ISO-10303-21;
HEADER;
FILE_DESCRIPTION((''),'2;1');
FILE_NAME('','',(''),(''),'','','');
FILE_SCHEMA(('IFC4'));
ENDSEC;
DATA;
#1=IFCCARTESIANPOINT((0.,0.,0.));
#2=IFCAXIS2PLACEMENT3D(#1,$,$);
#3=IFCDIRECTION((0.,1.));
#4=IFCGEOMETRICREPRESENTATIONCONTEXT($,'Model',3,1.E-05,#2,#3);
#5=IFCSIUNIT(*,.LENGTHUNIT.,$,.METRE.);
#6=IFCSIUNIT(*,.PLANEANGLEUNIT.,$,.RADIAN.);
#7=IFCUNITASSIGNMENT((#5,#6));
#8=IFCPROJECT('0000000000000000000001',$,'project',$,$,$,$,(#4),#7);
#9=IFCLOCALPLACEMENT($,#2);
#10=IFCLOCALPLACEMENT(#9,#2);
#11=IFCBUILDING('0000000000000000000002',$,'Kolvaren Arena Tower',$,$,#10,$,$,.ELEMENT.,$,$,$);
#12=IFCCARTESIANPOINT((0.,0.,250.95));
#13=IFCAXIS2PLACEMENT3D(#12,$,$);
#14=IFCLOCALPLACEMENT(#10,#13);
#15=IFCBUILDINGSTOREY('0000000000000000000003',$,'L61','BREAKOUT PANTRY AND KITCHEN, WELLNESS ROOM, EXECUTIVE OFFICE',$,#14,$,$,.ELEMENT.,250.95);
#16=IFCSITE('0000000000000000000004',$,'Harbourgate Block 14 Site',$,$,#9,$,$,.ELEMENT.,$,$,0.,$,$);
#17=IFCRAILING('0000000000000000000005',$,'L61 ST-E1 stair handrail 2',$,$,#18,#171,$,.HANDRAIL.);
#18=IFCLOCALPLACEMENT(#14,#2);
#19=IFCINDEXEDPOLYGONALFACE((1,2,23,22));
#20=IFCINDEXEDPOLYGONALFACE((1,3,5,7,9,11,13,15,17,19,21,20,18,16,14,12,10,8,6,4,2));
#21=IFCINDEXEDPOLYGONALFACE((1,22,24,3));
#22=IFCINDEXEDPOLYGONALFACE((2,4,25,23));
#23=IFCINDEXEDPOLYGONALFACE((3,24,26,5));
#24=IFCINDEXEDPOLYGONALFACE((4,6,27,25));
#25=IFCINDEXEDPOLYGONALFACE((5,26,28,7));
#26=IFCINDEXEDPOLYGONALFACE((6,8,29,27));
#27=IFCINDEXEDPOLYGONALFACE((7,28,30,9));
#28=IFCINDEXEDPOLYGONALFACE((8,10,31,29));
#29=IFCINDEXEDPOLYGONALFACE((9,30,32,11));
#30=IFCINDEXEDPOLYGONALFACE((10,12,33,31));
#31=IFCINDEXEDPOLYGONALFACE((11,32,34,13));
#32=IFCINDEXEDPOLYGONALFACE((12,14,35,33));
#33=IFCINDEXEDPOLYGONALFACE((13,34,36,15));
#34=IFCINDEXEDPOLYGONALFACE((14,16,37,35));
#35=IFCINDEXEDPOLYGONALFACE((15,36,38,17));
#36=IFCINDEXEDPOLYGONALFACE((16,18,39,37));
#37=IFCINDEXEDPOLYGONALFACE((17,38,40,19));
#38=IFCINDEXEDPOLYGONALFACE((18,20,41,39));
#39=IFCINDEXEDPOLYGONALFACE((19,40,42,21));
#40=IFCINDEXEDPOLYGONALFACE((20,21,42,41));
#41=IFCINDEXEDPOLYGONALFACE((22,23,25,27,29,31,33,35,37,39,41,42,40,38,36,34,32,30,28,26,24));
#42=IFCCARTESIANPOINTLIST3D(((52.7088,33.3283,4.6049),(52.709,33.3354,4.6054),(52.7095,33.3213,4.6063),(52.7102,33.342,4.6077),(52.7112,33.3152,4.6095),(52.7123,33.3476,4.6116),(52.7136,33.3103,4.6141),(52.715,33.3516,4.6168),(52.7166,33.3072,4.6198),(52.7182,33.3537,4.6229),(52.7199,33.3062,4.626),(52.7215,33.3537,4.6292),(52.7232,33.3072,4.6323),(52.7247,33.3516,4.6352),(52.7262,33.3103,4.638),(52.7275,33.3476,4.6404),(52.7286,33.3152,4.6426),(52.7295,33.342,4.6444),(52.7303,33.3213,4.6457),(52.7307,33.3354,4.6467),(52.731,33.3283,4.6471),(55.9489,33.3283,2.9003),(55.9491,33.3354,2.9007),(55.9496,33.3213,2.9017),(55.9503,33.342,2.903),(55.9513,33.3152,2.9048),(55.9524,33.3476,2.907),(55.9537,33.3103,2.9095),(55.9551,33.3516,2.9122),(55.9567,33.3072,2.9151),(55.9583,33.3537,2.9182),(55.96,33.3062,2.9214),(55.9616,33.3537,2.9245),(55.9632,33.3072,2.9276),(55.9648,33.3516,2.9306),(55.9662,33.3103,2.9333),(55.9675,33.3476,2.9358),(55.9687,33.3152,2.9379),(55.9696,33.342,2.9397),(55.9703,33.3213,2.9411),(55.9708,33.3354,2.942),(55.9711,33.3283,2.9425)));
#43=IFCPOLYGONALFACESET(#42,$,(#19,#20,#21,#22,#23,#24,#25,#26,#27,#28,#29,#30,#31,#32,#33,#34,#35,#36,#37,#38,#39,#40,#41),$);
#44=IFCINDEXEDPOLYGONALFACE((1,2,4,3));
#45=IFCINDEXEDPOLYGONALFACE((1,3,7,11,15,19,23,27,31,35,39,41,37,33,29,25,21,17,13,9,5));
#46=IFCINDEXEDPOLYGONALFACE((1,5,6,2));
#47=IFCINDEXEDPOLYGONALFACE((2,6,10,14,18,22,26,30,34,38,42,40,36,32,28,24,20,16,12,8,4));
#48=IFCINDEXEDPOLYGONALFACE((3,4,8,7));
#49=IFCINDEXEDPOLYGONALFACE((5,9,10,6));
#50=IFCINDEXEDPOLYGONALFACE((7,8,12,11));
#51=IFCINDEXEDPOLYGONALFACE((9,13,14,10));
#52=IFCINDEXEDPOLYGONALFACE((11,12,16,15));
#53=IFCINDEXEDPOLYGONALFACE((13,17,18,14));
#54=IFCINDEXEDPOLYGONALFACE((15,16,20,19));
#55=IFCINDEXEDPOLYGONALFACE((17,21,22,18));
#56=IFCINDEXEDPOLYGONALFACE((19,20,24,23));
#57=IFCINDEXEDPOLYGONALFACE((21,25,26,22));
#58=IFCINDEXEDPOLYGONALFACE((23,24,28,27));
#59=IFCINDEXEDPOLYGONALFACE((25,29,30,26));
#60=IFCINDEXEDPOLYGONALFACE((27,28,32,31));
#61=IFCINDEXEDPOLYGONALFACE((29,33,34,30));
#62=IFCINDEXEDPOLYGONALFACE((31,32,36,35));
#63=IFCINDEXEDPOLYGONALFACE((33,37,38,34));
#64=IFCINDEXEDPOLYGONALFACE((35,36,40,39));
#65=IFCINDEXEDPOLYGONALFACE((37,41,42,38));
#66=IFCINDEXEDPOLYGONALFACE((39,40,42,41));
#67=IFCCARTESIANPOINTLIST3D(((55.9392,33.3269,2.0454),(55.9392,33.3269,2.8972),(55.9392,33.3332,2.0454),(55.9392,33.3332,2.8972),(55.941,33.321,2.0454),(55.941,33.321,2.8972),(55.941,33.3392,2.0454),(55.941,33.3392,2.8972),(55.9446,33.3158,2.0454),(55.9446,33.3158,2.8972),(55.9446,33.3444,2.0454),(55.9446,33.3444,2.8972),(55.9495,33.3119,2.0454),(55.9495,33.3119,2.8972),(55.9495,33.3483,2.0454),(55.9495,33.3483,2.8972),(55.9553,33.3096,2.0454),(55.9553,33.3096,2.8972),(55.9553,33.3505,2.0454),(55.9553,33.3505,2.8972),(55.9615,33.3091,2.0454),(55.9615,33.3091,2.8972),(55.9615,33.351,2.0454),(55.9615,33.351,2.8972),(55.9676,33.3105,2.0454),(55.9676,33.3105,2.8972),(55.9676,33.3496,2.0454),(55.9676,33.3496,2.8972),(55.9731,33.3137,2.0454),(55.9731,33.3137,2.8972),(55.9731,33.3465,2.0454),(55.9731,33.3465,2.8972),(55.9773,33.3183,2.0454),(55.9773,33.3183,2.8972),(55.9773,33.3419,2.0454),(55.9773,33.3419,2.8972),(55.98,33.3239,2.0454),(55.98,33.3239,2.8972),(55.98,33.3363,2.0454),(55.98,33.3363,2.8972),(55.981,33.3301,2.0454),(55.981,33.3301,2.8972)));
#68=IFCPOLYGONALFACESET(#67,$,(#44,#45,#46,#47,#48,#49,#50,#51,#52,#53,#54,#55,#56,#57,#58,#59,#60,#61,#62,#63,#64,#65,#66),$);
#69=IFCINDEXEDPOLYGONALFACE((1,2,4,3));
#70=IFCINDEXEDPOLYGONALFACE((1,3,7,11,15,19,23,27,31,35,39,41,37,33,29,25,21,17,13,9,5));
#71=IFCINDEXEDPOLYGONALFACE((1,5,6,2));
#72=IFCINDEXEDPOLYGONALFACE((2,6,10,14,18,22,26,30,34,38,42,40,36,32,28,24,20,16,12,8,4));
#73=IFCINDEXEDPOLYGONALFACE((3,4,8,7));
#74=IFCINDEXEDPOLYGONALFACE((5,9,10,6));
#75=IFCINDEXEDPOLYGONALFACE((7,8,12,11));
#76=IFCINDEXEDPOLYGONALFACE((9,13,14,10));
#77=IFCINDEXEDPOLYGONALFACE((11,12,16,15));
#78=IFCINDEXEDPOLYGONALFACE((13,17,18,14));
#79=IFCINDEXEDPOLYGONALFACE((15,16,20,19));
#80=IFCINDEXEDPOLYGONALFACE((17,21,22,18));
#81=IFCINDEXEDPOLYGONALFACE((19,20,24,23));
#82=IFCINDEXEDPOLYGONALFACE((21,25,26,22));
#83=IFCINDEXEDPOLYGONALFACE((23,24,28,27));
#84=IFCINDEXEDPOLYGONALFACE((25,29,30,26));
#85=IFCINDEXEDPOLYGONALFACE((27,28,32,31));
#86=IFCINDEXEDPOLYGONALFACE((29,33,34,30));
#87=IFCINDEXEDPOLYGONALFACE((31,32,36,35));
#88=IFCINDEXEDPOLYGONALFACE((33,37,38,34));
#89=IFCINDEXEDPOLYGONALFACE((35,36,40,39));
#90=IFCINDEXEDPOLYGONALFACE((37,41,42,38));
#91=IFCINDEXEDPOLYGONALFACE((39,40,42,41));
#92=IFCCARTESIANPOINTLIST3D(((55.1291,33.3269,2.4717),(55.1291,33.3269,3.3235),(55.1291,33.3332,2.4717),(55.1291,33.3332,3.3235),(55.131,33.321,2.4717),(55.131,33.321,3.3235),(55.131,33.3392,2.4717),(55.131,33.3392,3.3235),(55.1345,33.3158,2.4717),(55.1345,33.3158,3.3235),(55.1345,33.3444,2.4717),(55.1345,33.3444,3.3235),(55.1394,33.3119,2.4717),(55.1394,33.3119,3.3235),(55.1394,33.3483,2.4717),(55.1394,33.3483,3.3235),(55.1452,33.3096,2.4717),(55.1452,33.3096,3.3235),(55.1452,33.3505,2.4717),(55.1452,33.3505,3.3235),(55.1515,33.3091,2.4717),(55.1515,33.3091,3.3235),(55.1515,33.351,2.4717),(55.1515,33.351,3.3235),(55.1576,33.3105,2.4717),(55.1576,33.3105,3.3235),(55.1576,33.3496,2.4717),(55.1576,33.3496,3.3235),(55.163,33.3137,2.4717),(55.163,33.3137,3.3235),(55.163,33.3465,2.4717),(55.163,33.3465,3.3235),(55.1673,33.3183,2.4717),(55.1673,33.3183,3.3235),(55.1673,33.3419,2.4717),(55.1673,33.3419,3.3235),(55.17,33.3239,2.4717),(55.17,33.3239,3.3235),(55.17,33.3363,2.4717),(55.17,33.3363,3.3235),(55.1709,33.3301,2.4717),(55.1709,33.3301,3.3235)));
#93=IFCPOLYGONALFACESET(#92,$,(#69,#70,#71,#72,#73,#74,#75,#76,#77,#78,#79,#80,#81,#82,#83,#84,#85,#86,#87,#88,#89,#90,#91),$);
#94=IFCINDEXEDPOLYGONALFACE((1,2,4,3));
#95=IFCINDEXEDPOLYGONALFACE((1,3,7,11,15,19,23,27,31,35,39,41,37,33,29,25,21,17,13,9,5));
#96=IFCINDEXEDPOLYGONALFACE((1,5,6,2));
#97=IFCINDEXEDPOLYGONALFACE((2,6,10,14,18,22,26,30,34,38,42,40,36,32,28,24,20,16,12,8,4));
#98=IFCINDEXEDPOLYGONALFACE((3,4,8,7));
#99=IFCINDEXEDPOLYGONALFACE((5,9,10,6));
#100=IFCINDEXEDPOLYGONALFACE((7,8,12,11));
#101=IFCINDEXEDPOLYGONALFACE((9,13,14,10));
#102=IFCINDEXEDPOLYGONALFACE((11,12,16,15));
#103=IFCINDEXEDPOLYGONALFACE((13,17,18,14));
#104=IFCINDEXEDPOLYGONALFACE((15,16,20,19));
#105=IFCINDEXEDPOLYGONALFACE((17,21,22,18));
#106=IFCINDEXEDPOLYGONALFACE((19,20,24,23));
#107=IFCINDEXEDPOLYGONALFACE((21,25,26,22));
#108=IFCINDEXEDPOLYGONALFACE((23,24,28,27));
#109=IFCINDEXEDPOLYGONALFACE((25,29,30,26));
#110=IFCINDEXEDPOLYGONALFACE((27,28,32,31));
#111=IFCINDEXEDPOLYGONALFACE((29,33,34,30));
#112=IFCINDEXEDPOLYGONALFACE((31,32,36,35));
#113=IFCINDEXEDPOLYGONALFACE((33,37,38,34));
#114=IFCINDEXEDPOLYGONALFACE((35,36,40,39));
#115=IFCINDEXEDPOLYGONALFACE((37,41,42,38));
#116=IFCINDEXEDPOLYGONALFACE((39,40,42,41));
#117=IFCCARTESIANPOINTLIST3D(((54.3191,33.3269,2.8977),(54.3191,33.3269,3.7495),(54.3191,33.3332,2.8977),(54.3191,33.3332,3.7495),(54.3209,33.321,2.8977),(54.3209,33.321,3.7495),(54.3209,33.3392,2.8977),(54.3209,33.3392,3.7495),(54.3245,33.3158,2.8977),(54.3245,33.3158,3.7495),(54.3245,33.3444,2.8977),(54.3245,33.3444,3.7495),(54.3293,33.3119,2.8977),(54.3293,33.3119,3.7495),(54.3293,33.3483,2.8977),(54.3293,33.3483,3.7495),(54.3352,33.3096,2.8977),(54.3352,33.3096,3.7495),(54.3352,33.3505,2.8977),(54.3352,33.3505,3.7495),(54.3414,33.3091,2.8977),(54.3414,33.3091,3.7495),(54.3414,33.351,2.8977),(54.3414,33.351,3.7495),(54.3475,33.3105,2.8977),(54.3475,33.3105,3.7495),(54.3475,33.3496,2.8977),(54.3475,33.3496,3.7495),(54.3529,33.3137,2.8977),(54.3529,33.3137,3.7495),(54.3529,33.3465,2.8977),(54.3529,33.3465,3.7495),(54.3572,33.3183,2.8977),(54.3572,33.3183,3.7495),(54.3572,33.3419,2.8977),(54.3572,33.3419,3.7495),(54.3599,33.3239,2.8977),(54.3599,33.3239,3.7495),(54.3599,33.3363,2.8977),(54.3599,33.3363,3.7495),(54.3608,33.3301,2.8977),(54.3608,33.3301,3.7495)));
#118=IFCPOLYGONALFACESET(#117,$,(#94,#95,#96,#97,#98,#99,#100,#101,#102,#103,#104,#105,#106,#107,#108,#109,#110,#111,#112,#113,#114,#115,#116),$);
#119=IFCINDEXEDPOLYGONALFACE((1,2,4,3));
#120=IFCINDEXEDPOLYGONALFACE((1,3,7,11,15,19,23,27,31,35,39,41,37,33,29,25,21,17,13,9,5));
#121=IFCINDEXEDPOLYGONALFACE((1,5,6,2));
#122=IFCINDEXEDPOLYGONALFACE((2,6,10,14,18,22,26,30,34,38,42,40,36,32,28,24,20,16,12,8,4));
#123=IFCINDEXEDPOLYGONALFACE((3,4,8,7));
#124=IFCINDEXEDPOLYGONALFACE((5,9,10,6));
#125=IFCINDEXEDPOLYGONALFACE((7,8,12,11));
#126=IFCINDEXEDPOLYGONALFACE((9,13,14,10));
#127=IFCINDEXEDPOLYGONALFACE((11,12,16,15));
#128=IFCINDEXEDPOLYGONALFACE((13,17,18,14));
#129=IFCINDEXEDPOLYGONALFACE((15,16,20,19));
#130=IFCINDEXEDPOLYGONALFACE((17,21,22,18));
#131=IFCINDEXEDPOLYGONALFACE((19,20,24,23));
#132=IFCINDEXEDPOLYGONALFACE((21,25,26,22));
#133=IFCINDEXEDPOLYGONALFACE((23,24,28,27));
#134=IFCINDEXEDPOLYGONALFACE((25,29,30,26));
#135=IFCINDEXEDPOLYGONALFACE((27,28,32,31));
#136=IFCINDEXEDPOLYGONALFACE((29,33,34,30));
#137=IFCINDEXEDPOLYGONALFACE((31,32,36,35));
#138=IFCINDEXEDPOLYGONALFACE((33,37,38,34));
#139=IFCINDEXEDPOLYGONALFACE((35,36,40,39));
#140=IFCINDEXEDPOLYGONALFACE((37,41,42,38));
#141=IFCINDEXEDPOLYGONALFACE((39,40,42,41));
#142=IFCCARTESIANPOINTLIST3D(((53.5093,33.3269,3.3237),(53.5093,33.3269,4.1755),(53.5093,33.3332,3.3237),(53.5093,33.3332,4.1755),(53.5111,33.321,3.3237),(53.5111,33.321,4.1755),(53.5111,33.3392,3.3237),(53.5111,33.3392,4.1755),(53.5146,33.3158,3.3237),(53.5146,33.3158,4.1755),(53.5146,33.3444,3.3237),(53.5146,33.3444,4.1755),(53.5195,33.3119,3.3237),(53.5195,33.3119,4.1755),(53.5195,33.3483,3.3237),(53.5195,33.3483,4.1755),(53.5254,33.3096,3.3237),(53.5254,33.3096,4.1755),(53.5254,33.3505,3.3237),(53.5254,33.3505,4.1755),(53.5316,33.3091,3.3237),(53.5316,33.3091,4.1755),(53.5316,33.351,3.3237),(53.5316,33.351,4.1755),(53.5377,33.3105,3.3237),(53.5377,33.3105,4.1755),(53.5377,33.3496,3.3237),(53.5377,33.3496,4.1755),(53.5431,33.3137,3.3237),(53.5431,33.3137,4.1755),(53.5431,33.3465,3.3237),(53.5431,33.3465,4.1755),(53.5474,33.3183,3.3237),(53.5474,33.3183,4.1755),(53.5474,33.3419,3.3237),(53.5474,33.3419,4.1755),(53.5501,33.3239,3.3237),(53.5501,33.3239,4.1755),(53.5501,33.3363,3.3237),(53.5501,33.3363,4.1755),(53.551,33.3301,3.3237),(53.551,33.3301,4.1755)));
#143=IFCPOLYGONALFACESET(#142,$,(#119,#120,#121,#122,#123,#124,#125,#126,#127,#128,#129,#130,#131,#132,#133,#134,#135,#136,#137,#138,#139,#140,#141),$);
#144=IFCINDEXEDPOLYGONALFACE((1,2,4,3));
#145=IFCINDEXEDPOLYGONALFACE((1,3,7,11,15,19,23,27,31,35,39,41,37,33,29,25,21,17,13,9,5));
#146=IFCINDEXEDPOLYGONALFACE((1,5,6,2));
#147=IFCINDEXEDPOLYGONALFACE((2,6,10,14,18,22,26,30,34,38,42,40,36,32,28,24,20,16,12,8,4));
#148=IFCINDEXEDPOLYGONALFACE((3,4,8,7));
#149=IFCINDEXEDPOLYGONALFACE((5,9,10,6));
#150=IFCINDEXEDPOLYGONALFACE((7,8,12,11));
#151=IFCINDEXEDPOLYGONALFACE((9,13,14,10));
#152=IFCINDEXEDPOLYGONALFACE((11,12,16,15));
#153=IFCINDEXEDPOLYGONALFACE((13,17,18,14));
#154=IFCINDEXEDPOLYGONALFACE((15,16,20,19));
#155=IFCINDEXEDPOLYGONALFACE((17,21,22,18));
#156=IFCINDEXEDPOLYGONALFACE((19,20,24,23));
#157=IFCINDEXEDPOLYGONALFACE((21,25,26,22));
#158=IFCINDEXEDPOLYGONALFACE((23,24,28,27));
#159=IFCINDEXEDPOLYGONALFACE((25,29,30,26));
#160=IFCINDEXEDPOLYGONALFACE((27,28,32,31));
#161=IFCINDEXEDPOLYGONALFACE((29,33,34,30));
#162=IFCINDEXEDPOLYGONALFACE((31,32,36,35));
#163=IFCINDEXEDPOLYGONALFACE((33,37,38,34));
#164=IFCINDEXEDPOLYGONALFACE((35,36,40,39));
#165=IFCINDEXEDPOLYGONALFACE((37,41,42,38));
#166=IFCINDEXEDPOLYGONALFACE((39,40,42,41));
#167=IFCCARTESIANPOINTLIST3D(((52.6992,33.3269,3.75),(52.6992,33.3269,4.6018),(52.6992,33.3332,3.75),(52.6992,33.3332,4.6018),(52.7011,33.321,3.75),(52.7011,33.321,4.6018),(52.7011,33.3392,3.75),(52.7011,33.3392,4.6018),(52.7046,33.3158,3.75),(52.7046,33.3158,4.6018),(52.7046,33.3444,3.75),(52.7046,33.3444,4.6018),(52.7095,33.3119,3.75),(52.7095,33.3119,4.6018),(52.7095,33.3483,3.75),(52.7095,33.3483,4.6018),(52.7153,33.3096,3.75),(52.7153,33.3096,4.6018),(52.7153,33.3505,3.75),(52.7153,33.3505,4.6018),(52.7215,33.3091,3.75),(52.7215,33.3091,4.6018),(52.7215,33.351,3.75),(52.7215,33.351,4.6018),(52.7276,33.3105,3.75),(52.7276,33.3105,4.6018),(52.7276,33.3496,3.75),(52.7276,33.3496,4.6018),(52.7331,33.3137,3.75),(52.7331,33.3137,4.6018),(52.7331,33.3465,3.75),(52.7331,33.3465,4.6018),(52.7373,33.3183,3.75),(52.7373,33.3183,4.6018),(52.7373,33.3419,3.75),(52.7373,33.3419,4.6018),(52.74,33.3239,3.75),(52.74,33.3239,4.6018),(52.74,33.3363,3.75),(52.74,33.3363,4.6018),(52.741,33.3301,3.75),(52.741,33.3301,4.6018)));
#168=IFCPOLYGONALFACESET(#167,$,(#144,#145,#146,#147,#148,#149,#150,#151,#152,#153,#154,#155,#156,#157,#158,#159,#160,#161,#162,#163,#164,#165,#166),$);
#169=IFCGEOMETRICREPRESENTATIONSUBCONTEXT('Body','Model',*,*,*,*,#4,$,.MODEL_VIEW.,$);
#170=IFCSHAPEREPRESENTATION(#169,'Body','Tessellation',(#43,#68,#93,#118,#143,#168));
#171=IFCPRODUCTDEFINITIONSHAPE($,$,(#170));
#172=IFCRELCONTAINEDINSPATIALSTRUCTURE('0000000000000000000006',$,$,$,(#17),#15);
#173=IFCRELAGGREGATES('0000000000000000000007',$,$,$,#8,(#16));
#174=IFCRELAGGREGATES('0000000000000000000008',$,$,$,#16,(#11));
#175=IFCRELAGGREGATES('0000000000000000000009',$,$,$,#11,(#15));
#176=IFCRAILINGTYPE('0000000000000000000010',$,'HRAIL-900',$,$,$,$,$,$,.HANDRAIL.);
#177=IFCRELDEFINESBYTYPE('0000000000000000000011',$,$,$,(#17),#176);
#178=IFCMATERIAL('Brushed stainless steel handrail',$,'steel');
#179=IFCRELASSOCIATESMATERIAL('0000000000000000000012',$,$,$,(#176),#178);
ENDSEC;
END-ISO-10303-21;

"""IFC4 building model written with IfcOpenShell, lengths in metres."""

from ifc_helpers import new_model, si_unit, direction, frame, origin, origin_2d, place, context, subcontext, project, spatial, circle, extrude, material, type_object, element, save


model = new_model("IFC4")

# Units and contexts
model_context = context("Model", 3, precision=1e-05, world=origin(), true_north=direction((0.0, 1.0)))
body_context = subcontext(model_context, "Body", "Model", "MODEL_VIEW")
ifc_project = project(units=[si_unit("LENGTHUNIT", "METRE"), si_unit("PLANEANGLEUNIT", "RADIAN")], contexts=[model_context])

# Site, building, storey
site_placement = place(None, origin())
site = spatial("IfcSite", under=ifc_project, at=site_placement, Name="Harbourgate Block 14 Site", CompositionType="ELEMENT", RefElevation=0.0)
building_placement = place(site_placement, origin())
building = spatial("IfcBuilding", under=site, at=building_placement, Name="Kolvaren Arena Tower", CompositionType="ELEMENT")
storey_placement = place(building_placement, frame((0.0, 0.0, 250.95)))
storey = spatial("IfcBuildingStorey", under=building, at=storey_placement, Name="L61", Description="BREAKOUT PANTRY AND KITCHEN, WELLNESS ROOM, EXECUTIVE OFFICE", CompositionType="ELEMENT", Elevation=250.95)

# Railing
ifc_material_1 = material(Name="Brushed stainless steel handrail", Category="steel")
railing_type_1 = type_object("IfcRailingType", Name="HRAIL-900", PredefinedType="HANDRAIL", material=ifc_material_1)
for number, where, name in (
    (1, (55.96, 33.3301, 2.0454), "L61 ST-E1 stair handrail 2"),
):
    element("IfcRailing", number, at=place(storey_placement, frame(where)), inside=storey, type_object=railing_type_1, Name=name, PredefinedType="HANDRAIL", context=body_context, shape_type="SweptSolid", body=[
        extrude(circle(Radius=0.0239, at=origin_2d()), frame((0.0, 0.0, 0.876), z_axis=(-0.884993, 0.0, 0.465604), x_axis=(0.0, -1.0, 0.0)), (0.0, 0.0, 1.0), 3.6611),
        extrude(circle(Radius=0.021, at=origin_2d()), origin(), (0.0, 0.0, 1.0), 0.8518),
        extrude(circle(Radius=0.021, at=origin_2d()), frame((-0.8101, 0.0, 0.4263)), (0.0, 0.0, 1.0), 0.8518),
        extrude(circle(Radius=0.021, at=origin_2d()), frame((-1.6201, 0.0, 0.8523)), (0.0, 0.0, 1.0), 0.8518),
        extrude(circle(Radius=0.021, at=origin_2d()), frame((-2.4299, 0.0, 1.2783)), (0.0, 0.0, 1.0), 0.8518),
        extrude(circle(Radius=0.021, at=origin_2d()), frame((-3.24, 0.0, 1.7046)), (0.0, 0.0, 1.0), 0.8518),
    ])

save(model, "model.ifc")
